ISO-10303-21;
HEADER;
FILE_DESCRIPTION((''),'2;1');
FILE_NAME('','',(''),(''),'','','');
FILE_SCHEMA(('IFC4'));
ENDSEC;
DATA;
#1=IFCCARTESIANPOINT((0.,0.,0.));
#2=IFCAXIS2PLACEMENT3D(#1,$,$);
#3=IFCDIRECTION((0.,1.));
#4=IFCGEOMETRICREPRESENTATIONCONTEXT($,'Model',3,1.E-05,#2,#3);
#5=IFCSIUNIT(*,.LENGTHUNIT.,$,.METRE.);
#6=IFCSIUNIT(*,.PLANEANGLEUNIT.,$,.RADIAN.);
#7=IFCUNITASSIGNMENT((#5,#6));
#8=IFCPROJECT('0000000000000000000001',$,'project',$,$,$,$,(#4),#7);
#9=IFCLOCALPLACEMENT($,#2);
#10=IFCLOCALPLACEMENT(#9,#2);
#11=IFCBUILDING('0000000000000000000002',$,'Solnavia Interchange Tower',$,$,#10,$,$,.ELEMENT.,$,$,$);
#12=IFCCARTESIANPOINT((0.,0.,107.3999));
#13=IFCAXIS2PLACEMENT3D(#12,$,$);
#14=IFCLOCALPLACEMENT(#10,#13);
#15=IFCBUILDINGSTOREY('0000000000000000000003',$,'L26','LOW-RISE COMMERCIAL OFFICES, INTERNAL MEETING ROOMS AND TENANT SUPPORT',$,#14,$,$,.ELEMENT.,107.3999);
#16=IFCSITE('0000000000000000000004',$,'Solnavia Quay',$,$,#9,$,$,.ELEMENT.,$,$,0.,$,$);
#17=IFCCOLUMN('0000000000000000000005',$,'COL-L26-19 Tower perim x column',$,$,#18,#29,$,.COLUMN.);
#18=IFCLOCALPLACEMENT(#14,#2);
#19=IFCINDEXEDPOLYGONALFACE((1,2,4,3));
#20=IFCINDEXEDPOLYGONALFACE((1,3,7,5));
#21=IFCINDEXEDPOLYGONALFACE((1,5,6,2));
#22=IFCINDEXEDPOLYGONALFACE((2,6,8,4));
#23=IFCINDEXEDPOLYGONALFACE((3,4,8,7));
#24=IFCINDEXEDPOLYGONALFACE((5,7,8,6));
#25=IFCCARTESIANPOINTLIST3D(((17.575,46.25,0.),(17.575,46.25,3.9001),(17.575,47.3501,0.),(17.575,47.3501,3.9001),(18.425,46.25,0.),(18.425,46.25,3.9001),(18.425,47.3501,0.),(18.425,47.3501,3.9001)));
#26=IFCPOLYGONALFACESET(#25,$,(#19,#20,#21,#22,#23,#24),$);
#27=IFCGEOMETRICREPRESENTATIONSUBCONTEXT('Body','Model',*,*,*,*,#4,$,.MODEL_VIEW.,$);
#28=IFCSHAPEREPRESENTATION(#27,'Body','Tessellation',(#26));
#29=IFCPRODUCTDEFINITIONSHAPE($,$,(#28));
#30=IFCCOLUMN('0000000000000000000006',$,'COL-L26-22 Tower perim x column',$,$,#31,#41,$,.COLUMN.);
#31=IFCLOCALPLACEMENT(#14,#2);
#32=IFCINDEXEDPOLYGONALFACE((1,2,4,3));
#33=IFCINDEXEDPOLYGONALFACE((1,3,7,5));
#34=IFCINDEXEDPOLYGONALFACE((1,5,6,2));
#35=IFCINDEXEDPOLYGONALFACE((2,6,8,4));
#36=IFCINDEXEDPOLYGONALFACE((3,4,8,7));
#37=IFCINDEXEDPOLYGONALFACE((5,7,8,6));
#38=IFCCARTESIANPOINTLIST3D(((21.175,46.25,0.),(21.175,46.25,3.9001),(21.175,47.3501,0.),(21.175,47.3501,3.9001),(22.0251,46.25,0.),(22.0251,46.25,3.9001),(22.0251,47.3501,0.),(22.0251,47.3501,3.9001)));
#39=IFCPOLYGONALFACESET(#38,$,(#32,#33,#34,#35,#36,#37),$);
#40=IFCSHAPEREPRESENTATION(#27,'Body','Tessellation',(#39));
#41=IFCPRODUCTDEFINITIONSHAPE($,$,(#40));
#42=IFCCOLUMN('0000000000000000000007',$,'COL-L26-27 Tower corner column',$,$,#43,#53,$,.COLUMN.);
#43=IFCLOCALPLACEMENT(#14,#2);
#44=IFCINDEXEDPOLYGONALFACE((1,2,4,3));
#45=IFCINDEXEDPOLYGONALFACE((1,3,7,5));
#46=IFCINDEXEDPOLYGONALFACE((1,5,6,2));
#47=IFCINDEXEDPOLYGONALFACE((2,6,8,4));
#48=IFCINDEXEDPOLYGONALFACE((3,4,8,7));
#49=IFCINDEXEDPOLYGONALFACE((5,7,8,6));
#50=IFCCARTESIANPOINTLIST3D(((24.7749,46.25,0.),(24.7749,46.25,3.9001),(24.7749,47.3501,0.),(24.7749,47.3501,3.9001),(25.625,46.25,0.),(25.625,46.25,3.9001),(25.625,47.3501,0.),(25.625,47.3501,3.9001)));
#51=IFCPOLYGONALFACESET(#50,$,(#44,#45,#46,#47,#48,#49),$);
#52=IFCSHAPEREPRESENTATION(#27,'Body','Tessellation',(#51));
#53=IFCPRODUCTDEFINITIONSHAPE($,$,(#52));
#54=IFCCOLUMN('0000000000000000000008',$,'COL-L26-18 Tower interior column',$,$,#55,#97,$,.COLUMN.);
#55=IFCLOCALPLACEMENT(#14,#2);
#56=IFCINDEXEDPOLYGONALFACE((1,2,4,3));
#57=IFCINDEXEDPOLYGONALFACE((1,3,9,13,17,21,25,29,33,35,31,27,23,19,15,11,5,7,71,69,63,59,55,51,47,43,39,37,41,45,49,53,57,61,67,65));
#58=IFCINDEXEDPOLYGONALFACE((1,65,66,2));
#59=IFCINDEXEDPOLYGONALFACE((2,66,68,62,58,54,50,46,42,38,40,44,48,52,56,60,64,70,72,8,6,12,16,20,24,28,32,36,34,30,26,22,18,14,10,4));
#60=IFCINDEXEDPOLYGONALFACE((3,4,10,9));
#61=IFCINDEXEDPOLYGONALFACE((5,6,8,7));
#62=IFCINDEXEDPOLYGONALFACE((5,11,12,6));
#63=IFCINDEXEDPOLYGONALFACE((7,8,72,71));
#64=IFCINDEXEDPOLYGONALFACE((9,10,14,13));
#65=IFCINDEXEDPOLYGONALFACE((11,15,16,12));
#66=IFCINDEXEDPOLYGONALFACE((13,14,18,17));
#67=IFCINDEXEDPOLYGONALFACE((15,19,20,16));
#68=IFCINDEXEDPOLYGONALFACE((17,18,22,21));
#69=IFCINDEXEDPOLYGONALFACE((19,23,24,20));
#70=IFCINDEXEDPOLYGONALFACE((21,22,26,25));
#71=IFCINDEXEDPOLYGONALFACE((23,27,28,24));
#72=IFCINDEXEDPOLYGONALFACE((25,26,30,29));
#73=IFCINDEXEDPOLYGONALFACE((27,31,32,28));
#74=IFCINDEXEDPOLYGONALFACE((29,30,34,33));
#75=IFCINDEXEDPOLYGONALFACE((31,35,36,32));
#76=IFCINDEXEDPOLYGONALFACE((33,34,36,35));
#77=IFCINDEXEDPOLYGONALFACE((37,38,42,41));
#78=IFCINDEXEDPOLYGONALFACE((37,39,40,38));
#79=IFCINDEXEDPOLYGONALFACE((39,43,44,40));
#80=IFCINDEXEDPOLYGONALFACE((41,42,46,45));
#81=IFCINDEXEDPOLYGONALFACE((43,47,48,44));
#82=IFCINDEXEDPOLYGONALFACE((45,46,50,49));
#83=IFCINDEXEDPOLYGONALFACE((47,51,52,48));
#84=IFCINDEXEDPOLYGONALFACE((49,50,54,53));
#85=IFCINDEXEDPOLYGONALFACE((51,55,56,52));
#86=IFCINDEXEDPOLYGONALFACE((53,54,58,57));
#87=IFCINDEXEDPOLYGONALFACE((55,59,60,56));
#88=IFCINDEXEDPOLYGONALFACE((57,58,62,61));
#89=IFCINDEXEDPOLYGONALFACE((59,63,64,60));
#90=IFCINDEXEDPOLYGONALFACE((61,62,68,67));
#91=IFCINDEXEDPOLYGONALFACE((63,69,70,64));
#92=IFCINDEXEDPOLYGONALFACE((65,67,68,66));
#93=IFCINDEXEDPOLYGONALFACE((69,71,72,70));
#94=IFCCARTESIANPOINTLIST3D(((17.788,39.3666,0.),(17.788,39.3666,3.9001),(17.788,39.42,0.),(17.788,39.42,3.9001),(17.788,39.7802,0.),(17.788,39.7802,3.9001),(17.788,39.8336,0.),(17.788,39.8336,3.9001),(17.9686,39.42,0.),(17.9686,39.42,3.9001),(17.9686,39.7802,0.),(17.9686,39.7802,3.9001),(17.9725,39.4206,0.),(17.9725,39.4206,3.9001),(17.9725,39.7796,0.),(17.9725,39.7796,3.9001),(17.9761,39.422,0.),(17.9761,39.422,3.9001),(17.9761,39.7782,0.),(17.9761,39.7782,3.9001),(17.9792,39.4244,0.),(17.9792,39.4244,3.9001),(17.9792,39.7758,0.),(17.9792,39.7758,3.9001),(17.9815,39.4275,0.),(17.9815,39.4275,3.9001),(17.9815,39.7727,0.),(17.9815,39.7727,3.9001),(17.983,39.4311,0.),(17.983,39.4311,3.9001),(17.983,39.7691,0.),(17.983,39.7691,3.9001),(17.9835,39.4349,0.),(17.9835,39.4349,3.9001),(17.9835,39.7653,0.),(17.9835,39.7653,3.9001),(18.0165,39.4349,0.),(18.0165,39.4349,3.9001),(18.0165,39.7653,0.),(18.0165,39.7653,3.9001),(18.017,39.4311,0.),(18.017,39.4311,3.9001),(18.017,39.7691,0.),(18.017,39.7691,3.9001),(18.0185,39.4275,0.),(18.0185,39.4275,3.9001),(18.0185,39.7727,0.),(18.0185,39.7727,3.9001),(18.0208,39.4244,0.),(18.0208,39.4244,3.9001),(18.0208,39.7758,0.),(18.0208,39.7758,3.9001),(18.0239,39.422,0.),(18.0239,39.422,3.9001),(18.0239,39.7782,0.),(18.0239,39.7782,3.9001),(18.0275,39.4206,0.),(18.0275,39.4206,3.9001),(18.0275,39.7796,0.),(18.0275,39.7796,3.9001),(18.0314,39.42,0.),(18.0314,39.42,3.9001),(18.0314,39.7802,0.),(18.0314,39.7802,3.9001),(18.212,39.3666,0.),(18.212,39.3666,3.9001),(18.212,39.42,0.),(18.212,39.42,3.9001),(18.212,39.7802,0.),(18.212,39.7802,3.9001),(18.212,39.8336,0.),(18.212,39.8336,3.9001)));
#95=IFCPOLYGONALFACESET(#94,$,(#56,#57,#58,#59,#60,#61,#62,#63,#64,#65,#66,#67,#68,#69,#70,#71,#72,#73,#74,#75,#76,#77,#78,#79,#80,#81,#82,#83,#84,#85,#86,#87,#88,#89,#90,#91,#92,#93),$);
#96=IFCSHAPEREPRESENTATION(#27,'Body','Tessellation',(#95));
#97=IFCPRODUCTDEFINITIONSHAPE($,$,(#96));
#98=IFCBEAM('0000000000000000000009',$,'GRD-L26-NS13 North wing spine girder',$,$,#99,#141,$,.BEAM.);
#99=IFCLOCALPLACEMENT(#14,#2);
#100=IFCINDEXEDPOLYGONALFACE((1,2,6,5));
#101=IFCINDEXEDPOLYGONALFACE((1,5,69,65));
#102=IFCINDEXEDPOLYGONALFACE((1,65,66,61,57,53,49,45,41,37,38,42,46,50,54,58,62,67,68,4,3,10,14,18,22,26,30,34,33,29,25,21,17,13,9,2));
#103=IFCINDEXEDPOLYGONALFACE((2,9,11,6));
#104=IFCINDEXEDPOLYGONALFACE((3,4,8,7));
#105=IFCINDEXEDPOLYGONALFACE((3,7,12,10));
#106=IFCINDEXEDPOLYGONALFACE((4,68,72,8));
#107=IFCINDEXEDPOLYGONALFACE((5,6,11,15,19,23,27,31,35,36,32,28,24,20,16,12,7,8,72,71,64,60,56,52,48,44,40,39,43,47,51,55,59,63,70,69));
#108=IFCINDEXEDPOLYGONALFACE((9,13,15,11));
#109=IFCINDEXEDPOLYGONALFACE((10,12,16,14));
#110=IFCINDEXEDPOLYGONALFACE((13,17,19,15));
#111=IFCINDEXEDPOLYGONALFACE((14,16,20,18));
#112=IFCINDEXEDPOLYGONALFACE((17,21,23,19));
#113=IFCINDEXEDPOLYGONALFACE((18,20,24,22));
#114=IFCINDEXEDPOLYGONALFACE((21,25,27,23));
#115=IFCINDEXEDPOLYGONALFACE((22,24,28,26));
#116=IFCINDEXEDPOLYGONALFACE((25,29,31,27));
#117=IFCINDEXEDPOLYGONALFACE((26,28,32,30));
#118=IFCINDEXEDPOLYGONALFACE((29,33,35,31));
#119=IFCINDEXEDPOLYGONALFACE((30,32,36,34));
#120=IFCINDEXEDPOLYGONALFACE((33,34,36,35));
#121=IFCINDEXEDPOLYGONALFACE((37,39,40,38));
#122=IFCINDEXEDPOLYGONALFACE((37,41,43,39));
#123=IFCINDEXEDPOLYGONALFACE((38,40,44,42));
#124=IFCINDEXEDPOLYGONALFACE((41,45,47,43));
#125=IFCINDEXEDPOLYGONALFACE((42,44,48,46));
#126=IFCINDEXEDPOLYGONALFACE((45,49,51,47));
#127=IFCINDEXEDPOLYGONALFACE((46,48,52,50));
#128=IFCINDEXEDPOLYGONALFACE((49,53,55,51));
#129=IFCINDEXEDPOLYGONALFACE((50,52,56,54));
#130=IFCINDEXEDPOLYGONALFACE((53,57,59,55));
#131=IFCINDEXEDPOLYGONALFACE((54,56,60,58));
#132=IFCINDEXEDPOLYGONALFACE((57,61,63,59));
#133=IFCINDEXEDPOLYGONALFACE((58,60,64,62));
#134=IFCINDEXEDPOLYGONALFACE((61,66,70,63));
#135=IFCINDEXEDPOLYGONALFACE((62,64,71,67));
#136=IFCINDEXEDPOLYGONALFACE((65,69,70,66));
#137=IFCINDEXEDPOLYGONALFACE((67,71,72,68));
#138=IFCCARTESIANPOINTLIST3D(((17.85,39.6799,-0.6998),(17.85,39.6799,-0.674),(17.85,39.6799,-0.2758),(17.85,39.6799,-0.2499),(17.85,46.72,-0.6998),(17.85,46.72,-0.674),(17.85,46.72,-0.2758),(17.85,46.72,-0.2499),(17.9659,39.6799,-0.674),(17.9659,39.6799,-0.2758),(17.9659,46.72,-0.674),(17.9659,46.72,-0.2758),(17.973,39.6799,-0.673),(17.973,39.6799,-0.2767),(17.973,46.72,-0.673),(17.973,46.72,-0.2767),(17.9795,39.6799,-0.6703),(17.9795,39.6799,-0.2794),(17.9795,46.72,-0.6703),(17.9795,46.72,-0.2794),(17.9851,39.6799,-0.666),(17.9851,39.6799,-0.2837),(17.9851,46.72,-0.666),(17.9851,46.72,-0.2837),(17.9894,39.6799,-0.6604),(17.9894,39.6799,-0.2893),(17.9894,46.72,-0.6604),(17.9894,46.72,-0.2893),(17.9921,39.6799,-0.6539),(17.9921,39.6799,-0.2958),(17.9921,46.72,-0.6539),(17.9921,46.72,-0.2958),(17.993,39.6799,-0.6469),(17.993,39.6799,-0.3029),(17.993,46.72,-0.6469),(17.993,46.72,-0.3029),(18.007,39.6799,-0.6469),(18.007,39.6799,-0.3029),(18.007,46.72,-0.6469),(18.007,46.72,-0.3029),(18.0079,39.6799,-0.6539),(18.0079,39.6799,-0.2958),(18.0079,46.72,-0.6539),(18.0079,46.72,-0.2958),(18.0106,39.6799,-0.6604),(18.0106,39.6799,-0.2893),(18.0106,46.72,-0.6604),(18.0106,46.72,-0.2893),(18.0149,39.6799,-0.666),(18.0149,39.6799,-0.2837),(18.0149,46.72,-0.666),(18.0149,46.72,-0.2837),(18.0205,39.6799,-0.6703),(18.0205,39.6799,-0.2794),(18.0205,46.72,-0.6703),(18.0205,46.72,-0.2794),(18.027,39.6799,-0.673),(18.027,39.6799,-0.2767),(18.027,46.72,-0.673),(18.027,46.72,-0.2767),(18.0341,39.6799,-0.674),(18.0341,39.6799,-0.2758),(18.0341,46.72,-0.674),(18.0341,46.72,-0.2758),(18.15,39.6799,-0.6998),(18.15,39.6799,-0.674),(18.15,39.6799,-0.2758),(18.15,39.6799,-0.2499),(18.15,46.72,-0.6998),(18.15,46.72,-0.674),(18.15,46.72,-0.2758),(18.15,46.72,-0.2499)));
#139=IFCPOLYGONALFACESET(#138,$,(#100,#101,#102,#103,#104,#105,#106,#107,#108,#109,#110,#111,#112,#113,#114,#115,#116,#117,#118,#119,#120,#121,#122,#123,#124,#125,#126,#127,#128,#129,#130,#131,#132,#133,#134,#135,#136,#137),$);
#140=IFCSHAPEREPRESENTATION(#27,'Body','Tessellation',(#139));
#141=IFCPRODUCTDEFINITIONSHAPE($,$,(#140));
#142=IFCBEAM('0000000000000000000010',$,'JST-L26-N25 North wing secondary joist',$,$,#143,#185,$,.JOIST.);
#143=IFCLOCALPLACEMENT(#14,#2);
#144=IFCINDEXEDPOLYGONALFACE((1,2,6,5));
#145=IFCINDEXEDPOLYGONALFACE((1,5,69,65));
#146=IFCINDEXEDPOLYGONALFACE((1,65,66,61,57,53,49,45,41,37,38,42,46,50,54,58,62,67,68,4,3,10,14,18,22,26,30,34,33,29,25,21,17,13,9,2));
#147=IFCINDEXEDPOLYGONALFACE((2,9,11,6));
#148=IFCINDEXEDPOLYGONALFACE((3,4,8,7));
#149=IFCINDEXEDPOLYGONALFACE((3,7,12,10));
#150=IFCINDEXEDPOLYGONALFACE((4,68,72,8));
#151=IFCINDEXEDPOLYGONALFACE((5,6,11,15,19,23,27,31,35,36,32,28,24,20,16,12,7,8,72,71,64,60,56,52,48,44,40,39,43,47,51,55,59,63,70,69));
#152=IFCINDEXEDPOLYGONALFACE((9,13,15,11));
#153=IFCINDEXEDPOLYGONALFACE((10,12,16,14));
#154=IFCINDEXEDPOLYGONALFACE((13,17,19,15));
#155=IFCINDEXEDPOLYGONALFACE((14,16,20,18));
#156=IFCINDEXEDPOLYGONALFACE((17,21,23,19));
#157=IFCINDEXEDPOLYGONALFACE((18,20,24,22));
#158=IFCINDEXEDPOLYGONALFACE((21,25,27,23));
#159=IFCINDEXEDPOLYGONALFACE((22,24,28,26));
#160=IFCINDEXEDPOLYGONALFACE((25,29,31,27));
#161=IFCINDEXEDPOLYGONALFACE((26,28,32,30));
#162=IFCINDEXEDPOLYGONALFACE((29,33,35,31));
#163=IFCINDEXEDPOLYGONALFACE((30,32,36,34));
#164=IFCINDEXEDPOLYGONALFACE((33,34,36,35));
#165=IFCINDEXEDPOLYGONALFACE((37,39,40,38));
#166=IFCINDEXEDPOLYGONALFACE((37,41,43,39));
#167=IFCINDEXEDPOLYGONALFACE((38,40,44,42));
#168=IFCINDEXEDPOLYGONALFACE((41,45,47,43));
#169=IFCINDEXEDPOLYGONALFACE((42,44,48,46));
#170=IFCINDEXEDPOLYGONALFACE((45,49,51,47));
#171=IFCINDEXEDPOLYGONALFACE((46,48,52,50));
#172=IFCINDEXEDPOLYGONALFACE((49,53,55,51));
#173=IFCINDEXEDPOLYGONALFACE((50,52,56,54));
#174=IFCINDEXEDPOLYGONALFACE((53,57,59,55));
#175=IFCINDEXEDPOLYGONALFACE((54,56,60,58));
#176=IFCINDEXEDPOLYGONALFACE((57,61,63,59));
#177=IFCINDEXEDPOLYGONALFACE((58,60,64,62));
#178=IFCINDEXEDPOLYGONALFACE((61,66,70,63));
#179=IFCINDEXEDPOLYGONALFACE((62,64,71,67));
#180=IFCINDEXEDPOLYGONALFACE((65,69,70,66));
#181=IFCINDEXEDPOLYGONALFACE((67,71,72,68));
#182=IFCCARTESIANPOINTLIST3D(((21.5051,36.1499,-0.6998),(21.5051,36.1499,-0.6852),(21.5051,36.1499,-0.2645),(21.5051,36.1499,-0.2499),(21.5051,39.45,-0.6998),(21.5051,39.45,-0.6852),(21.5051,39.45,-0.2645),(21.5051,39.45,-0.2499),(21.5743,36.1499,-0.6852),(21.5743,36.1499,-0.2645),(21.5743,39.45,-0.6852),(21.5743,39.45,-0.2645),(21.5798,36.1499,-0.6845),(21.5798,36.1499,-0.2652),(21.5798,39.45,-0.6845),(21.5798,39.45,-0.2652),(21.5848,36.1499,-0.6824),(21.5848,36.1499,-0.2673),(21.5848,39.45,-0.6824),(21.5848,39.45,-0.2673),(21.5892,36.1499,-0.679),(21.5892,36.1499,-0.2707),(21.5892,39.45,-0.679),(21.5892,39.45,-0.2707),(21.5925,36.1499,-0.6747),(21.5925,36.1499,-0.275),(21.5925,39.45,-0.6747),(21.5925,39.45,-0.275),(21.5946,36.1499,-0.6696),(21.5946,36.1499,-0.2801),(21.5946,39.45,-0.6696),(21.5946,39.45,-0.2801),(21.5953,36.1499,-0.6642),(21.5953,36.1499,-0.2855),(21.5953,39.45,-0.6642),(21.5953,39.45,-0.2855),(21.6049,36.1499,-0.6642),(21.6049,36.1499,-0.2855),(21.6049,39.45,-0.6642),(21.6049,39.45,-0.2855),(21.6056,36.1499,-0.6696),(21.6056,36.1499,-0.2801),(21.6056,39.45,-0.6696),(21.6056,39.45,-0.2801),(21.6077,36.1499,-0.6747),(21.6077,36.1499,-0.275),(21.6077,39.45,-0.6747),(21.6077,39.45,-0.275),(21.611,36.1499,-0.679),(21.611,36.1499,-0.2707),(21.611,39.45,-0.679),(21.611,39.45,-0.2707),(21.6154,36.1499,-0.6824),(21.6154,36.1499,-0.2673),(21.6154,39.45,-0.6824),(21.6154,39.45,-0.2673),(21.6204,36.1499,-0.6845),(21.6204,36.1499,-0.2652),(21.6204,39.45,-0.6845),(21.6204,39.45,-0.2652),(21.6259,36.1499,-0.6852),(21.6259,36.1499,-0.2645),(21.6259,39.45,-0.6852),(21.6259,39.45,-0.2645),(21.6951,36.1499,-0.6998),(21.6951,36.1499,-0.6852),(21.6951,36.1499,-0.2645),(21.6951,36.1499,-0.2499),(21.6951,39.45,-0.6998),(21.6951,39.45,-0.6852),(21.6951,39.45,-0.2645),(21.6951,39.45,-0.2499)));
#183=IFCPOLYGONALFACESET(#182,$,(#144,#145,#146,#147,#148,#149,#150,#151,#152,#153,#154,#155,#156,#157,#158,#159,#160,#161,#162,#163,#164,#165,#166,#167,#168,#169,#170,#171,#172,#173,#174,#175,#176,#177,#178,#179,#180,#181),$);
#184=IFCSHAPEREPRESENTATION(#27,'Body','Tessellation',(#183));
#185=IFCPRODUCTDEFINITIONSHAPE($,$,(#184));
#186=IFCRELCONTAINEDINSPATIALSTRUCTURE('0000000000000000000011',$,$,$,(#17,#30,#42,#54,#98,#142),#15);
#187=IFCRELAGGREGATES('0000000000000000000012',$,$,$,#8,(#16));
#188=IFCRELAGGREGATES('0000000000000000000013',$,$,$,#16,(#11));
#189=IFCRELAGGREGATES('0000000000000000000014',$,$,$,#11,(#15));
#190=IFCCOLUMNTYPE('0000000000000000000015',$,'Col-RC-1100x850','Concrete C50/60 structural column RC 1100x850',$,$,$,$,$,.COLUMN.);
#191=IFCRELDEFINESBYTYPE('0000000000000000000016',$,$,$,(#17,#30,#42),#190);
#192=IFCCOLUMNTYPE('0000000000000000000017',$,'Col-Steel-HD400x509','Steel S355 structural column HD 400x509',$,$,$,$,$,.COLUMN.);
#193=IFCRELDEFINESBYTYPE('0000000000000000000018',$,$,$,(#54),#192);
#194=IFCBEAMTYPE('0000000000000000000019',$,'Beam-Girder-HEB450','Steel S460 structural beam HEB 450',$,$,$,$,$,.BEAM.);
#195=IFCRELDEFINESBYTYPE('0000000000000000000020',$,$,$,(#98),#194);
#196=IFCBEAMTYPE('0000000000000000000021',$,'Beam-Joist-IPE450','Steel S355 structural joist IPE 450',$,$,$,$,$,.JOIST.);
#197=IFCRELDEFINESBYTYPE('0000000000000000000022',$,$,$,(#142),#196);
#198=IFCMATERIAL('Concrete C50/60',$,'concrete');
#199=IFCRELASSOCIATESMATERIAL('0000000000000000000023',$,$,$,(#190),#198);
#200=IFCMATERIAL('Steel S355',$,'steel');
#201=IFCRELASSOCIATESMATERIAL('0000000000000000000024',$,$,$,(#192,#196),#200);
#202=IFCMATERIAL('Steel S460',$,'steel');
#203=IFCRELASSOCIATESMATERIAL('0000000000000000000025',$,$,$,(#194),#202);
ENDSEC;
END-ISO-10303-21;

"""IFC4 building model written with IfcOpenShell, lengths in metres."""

from ifc_helpers import new_model, si_unit, direction, frame, origin, origin_2d, place, context, subcontext, project, spatial, rectangle, i_section, extrude, material, material_profile, profile_set, type_object, element, save


model = new_model("IFC4")

# Units and contexts
model_context = context("Model", 3, precision=1e-05, world=origin(), true_north=direction((0.0, 1.0)))
body_context = subcontext(model_context, "Body", "Model", "MODEL_VIEW")
ifc_project = project(units=[si_unit("LENGTHUNIT", "METRE"), si_unit("PLANEANGLEUNIT", "RADIAN")], contexts=[model_context])

# Site, building, storey
site_placement = place(None, origin())
site = spatial("IfcSite", under=ifc_project, at=site_placement, Name="Solnavia Quay", CompositionType="ELEMENT", RefElevation=0.0)
building_placement = place(site_placement, origin())
building = spatial("IfcBuilding", under=site, at=building_placement, Name="Solnavia Interchange Tower", CompositionType="ELEMENT")
storey_placement = place(building_placement, frame((0.0, 0.0, 107.3999)))
storey = spatial("IfcBuildingStorey", under=building, at=storey_placement, Name="L26", Description="LOW-RISE COMMERCIAL OFFICES, INTERNAL MEETING ROOMS AND TENANT SUPPORT", CompositionType="ELEMENT", Elevation=107.3999)

# Columns
ifc_material_1 = material(Name="Concrete C50/60", Category="concrete")
ifc_material_profile_1 = material_profile(ifc_material_1, rectangle(XDim=0.8501, YDim=1.1001, at=origin_2d()), Name="RC 1100x850")
ifc_profile_set_1 = profile_set([ifc_material_profile_1], Name="Concrete C50/60")
column_type_1 = type_object("IfcColumnType", Name="Col-RC-1100x850", Description="Concrete C50/60 structural column RC 1100x850", PredefinedType="COLUMN", material=ifc_profile_set_1)
for number, where, z_axis, x_axis, name in (
    (1, (18.0, 46.8, 0.0), (0.0, 0.0, 1.0), (1.0, 0.0, 0.0), "COL-L26-19 Tower perim x column"),
    (2, (21.6001, 46.8, 0.0), (0.0, 0.0, 1.0), (1.0, 0.0, 0.0), "COL-L26-22 Tower perim x column"),
    (3, (25.2, 46.8, 0.0), (0.0, 0.0, 1.0), (1.0, 0.0, 0.0), "COL-L26-27 Tower corner column"),
):
    element("IfcColumn", number, at=place(storey_placement, frame(where, z_axis=z_axis, x_axis=x_axis)), inside=storey, type_object=column_type_1, Name=name, PredefinedType="COLUMN", context=body_context, shape_type="SweptSolid", body=[
        extrude(rectangle(XDim=0.8501, YDim=1.1001, at=origin_2d()), origin(), (0.0, 0.0, 1.0), 3.9001),
    ])
ifc_material_2 = material(Name="Steel S355", Category="steel")
ifc_material_profile_2 = material_profile(ifc_material_2, i_section(OverallWidth=0.4241, OverallDepth=0.467, WebThickness=0.033, FlangeThickness=0.0535, FilletRadius=0.0149, at=origin_2d()), Name="HD 400x509")
ifc_profile_set_2 = profile_set([ifc_material_profile_2], Name="Steel S355")
column_type_2 = type_object("IfcColumnType", Name="Col-Steel-HD400x509", Description="Steel S355 structural column HD 400x509", PredefinedType="COLUMN", material=ifc_profile_set_2)
column_placement = place(storey_placement, frame((18.0, 39.6001, 0.0), z_axis=(0.0, 0.0, 1.0), x_axis=(1.0, 0.0, 0.0)))
element("IfcColumn", 4, at=column_placement, inside=storey, type_object=column_type_2, Name="COL-L26-18 Tower interior column", PredefinedType="COLUMN", context=body_context, shape_type="SweptSolid", body=[
    extrude(i_section(OverallWidth=0.4241, OverallDepth=0.467, WebThickness=0.033, FlangeThickness=0.0535, FilletRadius=0.0149, at=origin_2d()), origin(), (0.0, 0.0, 1.0), 3.9001),
])

# Beams
ifc_material_3 = material(Name="Steel S460", Category="steel")
ifc_material_profile_3 = material_profile(ifc_material_3, i_section(OverallWidth=0.3, OverallDepth=0.45, WebThickness=0.0139, FlangeThickness=0.0259, FilletRadius=0.0271, at=origin_2d()), Name="HEB 450")
ifc_profile_set_3 = profile_set([ifc_material_profile_3], Name="Steel S460")
beam_type_1 = type_object("IfcBeamType", Name="Beam-Girder-HEB450", Description="Steel S460 structural beam HEB 450", PredefinedType="BEAM", material=ifc_profile_set_3)
beam_1_placement = place(storey_placement, frame((18.0, 39.6799, -0.4749), z_axis=(0.0, 1.0, 0.0), x_axis=(-1.0, 0.0, 0.0)))
element("IfcBeam", 5, at=beam_1_placement, inside=storey, type_object=beam_type_1, Name="GRD-L26-NS13 North wing spine girder", PredefinedType="BEAM", context=body_context, shape_type="SweptSolid", body=[
    extrude(i_section(OverallWidth=0.3, OverallDepth=0.45, WebThickness=0.0139, FlangeThickness=0.0259, FilletRadius=0.0271, at=origin_2d()), origin(), (0.0, 0.0, 1.0), 7.04),
])
ifc_material_profile_4 = material_profile(ifc_material_2, i_section(OverallWidth=0.1899, OverallDepth=0.45, WebThickness=0.0095, FlangeThickness=0.0146, FilletRadius=0.021, at=origin_2d()), Name="IPE 450")
ifc_profile_set_4 = profile_set([ifc_material_profile_4], Name="Steel S355")
beam_type_2 = type_object("IfcBeamType", Name="Beam-Joist-IPE450", Description="Steel S355 structural joist IPE 450", PredefinedType="JOIST", material=ifc_profile_set_4)
for number, where, z_axis, x_axis, name in (
    (6, (21.6001, 36.1499, -0.4749), (0.0, 1.0, 0.0), (-1.0, 0.0, 0.0), "JST-L26-N25 North wing secondary joist"),
):
    element("IfcBeam", number, at=place(storey_placement, frame(where, z_axis=z_axis, x_axis=x_axis)), inside=storey, type_object=beam_type_2, Name=name, PredefinedType="JOIST", context=body_context, shape_type="SweptSolid", body=[
        extrude(i_section(OverallWidth=0.1899, OverallDepth=0.45, WebThickness=0.0095, FlangeThickness=0.0146, FilletRadius=0.021, at=origin_2d()), origin(), (0.0, 0.0, 1.0), 3.3),
    ])

save(model, "model.ifc")
